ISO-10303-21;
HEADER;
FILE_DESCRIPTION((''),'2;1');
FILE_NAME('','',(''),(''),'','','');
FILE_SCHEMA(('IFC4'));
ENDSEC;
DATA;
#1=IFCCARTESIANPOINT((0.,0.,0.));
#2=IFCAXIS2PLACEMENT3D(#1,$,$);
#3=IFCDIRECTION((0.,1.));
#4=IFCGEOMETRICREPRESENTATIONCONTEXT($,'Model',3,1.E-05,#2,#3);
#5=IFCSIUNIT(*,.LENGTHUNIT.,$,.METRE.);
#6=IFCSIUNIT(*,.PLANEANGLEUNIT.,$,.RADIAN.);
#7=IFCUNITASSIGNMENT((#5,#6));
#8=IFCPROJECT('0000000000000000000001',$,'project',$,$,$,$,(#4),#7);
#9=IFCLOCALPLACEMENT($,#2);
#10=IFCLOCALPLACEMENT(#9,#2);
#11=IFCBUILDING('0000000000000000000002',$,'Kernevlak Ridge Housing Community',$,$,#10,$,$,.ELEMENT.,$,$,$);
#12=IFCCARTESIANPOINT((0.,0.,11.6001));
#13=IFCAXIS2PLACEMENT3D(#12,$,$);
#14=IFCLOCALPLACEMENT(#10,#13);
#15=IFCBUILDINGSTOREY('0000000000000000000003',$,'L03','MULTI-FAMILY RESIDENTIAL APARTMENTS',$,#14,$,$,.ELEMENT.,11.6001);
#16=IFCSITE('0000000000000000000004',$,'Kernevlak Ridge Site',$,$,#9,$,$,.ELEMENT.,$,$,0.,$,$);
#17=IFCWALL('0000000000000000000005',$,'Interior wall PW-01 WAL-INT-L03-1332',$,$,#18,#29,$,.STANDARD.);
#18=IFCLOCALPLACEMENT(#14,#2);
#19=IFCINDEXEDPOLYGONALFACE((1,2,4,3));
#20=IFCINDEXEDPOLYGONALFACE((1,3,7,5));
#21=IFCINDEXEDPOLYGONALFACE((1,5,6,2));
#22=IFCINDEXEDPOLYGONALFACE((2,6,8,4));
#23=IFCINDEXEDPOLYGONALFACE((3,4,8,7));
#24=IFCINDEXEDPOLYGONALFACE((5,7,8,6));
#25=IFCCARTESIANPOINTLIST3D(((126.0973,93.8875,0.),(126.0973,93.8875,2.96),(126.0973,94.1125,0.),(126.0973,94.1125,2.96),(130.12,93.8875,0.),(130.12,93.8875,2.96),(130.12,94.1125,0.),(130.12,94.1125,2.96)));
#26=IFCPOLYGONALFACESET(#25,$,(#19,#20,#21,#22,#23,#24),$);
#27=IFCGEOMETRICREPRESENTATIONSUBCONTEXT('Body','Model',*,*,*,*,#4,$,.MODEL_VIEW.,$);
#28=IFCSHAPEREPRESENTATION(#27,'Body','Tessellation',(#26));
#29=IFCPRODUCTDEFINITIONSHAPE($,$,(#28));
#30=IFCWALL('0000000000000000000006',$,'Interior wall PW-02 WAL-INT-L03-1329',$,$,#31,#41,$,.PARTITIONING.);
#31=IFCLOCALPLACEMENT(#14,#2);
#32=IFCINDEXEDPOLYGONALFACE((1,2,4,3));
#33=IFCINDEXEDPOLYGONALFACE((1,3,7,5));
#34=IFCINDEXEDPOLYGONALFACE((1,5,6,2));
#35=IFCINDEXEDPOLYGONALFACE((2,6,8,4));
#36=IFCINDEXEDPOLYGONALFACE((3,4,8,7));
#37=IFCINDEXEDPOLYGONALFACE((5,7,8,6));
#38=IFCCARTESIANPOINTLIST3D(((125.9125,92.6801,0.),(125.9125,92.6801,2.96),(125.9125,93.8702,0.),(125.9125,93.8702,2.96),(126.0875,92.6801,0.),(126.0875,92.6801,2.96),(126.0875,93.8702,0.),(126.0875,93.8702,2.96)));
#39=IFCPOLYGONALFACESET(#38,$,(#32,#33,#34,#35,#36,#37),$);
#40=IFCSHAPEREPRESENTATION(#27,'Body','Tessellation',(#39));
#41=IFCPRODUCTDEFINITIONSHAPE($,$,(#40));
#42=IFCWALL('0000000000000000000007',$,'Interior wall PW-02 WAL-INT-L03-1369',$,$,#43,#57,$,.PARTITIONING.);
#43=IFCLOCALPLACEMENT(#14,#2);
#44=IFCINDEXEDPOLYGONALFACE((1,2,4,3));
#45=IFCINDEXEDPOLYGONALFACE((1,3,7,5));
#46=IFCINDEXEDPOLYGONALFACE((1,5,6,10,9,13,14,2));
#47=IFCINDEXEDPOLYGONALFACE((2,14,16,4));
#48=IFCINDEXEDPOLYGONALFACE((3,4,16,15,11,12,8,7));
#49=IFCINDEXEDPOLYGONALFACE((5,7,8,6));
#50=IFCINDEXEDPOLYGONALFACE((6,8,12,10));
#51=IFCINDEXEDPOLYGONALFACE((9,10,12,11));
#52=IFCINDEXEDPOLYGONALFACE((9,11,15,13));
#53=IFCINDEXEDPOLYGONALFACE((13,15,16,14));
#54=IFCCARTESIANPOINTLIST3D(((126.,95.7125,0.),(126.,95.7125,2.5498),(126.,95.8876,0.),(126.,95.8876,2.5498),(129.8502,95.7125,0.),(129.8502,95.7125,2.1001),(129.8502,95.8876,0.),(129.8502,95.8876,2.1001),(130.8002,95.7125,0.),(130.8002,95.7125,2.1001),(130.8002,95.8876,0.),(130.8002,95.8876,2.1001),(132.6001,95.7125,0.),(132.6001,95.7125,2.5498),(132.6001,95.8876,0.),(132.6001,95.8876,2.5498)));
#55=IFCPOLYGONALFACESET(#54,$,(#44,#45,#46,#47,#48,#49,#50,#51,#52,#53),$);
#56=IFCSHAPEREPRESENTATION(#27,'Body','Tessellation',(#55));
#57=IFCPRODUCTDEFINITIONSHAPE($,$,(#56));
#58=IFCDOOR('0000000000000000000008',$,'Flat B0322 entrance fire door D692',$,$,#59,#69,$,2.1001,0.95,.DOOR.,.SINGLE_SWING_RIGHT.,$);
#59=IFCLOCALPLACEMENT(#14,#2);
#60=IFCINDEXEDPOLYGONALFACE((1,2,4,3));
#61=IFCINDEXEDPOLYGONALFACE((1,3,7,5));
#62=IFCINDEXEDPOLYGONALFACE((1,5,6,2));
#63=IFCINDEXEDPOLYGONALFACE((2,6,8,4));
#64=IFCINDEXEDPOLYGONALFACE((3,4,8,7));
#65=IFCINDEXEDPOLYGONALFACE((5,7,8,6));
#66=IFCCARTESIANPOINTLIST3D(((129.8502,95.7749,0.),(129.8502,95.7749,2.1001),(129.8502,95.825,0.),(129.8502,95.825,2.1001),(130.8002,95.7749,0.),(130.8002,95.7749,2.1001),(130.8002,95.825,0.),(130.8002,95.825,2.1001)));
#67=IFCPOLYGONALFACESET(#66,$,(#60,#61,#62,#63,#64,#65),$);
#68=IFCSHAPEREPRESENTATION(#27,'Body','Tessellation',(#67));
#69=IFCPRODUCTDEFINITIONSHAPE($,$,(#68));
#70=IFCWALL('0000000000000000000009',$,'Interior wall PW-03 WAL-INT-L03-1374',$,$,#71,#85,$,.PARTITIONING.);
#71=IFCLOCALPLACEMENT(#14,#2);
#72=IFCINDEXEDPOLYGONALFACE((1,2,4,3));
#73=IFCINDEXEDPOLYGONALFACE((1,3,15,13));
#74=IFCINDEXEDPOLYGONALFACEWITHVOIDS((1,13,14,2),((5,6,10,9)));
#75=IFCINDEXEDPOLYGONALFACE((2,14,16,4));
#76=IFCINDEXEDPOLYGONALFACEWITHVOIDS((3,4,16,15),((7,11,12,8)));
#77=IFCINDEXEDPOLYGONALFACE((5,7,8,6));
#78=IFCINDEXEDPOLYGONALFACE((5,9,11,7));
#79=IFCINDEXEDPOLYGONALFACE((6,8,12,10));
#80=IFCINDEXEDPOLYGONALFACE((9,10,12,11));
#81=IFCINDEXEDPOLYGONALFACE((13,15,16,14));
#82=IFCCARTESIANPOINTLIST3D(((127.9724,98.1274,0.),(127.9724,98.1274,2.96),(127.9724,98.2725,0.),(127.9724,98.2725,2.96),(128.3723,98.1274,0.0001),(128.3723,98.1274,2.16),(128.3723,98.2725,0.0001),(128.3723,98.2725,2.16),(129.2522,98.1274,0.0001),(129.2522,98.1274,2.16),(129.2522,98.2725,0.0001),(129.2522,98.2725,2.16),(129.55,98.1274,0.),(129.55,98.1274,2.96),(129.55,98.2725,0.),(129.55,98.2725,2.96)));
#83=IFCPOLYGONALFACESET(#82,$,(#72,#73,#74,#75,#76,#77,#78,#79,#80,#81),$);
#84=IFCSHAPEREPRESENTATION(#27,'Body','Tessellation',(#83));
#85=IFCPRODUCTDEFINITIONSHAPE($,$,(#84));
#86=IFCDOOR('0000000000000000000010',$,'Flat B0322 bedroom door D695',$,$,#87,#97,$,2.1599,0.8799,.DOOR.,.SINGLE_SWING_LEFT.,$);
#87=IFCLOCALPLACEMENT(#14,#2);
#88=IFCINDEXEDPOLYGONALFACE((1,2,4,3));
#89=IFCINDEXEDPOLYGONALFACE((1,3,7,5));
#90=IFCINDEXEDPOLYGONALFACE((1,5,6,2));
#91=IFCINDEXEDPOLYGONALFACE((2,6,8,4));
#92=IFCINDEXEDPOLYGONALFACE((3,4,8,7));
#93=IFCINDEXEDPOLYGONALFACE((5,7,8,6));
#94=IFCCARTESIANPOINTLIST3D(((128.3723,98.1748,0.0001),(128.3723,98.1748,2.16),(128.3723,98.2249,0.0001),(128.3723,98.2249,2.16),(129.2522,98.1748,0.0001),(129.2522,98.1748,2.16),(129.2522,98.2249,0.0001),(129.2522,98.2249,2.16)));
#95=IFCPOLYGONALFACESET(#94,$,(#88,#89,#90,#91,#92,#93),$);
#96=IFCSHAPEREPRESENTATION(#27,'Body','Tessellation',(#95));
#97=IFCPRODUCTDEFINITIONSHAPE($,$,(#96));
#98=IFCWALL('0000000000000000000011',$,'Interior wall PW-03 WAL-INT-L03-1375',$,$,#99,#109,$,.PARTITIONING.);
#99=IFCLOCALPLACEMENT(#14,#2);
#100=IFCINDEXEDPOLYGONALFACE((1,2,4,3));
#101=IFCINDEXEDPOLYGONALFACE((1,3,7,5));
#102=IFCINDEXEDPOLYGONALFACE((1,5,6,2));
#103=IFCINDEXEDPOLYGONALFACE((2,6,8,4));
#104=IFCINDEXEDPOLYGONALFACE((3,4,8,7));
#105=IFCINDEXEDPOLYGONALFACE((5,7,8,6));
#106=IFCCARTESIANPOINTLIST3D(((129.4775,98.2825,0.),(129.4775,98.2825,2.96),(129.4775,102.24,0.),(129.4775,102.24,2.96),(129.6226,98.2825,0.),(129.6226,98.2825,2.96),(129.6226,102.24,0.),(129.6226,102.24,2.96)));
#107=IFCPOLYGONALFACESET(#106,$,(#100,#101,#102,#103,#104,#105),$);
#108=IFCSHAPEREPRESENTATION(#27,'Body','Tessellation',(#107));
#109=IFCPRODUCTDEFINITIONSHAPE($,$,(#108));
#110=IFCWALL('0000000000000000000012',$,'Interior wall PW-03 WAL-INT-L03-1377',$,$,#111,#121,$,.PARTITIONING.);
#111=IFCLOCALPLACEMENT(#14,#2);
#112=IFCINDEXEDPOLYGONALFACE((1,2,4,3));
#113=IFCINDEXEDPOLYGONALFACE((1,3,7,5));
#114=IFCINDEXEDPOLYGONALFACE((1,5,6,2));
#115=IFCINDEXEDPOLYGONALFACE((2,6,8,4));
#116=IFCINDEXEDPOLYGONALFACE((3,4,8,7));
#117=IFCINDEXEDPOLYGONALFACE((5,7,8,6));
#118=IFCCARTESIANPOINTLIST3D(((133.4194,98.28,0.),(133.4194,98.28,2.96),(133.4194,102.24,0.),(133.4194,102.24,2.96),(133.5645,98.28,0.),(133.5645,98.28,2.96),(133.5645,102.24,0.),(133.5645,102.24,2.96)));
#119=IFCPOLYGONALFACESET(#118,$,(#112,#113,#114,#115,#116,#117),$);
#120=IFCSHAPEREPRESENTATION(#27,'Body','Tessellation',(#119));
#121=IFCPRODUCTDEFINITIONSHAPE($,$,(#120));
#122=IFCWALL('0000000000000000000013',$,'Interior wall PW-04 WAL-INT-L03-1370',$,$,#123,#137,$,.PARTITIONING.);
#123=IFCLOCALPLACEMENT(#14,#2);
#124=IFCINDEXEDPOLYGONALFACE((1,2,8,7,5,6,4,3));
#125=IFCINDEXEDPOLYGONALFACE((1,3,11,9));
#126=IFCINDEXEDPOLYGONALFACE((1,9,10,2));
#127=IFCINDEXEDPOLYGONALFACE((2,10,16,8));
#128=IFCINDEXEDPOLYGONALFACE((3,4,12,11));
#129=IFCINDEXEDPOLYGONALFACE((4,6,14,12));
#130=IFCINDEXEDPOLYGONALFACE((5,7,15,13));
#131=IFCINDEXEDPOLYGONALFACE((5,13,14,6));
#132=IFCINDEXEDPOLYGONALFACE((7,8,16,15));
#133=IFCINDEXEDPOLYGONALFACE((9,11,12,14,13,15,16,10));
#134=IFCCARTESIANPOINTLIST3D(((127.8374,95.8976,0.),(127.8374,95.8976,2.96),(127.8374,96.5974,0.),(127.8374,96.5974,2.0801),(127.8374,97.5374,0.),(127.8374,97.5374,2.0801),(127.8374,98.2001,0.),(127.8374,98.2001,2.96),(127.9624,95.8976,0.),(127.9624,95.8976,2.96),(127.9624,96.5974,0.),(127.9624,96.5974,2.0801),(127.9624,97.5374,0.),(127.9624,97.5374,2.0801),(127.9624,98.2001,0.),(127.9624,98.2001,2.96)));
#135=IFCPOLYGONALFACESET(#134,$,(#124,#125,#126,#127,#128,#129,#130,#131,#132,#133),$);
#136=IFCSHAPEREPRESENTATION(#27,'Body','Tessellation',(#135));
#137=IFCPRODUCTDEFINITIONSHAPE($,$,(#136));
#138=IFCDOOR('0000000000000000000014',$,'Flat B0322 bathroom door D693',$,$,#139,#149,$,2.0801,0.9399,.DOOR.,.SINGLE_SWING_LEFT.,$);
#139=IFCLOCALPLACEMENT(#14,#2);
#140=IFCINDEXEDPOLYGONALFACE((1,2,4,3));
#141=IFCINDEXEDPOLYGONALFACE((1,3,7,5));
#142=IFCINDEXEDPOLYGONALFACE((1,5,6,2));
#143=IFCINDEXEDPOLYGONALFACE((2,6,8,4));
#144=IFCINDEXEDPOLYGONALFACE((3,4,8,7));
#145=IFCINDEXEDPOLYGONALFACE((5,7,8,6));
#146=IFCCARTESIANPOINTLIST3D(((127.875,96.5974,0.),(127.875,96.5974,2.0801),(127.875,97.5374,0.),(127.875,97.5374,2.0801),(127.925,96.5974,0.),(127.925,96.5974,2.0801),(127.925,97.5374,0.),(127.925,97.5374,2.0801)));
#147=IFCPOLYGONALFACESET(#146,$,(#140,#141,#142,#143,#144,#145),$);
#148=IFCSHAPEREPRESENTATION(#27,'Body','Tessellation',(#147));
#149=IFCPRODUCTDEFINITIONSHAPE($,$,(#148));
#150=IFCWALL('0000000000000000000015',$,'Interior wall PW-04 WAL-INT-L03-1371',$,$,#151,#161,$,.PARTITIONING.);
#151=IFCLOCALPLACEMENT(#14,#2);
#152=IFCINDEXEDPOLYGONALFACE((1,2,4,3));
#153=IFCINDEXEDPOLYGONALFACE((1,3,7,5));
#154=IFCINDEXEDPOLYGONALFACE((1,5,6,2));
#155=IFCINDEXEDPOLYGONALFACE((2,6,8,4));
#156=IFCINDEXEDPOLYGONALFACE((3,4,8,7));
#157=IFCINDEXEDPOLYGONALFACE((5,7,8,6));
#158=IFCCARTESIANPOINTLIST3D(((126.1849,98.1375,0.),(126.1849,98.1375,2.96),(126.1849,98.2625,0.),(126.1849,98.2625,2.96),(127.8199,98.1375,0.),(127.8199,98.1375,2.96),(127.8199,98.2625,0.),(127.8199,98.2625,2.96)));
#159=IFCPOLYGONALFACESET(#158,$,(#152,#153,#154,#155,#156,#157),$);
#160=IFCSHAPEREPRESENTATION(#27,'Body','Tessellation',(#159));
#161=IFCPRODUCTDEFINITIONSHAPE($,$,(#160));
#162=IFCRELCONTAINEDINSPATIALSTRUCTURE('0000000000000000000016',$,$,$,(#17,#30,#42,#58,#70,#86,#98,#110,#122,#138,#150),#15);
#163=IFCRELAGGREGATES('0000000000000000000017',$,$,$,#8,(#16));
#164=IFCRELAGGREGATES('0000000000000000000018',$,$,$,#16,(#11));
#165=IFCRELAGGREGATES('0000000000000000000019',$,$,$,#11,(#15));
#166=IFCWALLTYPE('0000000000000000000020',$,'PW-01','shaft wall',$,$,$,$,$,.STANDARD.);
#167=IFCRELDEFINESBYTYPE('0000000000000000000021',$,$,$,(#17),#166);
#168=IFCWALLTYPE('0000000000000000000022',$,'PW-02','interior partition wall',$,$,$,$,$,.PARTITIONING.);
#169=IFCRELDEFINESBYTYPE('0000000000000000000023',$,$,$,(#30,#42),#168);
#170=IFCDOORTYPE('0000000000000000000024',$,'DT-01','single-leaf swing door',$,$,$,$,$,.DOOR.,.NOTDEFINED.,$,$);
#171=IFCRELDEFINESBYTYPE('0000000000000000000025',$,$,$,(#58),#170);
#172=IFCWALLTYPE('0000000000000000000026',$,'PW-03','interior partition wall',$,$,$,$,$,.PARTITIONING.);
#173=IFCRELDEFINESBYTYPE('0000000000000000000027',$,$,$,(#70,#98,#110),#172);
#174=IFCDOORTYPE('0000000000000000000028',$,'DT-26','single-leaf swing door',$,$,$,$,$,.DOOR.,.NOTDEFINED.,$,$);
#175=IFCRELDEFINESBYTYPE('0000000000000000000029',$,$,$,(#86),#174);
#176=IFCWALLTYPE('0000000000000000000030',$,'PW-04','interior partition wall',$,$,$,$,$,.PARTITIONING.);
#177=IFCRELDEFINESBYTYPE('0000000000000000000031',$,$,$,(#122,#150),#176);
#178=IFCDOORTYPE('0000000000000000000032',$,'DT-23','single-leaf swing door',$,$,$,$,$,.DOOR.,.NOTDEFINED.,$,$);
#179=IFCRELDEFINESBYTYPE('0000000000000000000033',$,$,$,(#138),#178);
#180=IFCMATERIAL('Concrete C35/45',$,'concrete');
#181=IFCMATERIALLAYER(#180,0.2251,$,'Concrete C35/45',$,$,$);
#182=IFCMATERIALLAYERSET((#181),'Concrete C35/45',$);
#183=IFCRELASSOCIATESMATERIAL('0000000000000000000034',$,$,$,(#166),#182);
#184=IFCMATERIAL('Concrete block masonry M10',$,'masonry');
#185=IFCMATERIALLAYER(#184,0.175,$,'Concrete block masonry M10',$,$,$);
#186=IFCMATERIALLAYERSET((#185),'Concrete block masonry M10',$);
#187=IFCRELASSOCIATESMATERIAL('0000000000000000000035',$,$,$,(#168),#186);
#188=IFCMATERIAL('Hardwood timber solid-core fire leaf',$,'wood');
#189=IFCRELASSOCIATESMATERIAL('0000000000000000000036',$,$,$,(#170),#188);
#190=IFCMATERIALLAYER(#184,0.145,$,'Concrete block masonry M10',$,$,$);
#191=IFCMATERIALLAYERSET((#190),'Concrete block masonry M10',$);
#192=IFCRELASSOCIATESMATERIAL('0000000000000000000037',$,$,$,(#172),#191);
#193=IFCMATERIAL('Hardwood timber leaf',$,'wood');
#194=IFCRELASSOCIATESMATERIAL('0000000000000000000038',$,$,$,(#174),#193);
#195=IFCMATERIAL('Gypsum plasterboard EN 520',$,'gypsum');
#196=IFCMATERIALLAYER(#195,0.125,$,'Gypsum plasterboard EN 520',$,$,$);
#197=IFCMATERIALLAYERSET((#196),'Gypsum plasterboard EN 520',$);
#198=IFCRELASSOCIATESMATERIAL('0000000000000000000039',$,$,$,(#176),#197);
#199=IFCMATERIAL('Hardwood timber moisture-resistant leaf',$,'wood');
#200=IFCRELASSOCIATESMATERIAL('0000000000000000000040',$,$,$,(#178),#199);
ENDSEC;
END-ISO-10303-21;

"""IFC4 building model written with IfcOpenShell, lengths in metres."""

from ifc_helpers import new_model, si_unit, direction, frame, frame_2d, origin, place, context, subcontext, project, spatial, rectangle, extrude, material, layer, layer_set, type_object, element, fill, save


model = new_model("IFC4")

# Units and contexts
model_context = context("Model", 3, precision=1e-05, world=origin(), true_north=direction((0.0, 1.0)))
body_context = subcontext(model_context, "Body", "Model", "MODEL_VIEW")
ifc_project = project(units=[si_unit("LENGTHUNIT", "METRE"), si_unit("PLANEANGLEUNIT", "RADIAN")], contexts=[model_context])

# Site, building, storey
site_placement = place(None, origin())
site = spatial("IfcSite", under=ifc_project, at=site_placement, Name="Kernevlak Ridge Site", CompositionType="ELEMENT", RefElevation=0.0)
building_placement = place(site_placement, origin())
building = spatial("IfcBuilding", under=site, at=building_placement, Name="Kernevlak Ridge Housing Community", CompositionType="ELEMENT")
storey_placement = place(building_placement, frame((0.0, 0.0, 11.6001)))
storey = spatial("IfcBuildingStorey", under=building, at=storey_placement, Name="L03", Description="MULTI-FAMILY RESIDENTIAL APARTMENTS", CompositionType="ELEMENT", Elevation=11.6001)

# Shared definitions
ifc_material_1 = material(Name="Concrete C35/45", Category="concrete")

# Shared definitions
ifc_material_2 = material(Name="Concrete block masonry M10", Category="masonry")

# Walls
ifc_layer_1 = layer(ifc_material_1, 0.2251, Name="Concrete C35/45")
ifc_layer_set_1 = layer_set([ifc_layer_1], Name="Concrete C35/45")
wall_type_1 = type_object("IfcWallType", Name="PW-01", Description="shaft wall", PredefinedType="STANDARD", material=ifc_layer_set_1)
wall_1_placement = place(storey_placement, frame((126.0974, 94.0, 0.0), z_axis=(0.0, 0.0, 1.0), x_axis=(1.0, 0.0, 0.0)))
element("IfcWall", 1, at=wall_1_placement, inside=storey, type_object=wall_type_1, Name="Interior wall PW-01 WAL-INT-L03-1332", PredefinedType="STANDARD", context=body_context, shape_type="SweptSolid", body=[
    extrude(rectangle(XDim=4.0227, YDim=0.2251, at=frame_2d((2.0112, 0.0))), origin(), (0.0, 0.0, 1.0), 2.96),
])
ifc_layer_2 = layer(ifc_material_2, 0.175, Name="Concrete block masonry M10")
ifc_layer_set_2 = layer_set([ifc_layer_2], Name="Concrete block masonry M10")
wall_type_2 = type_object("IfcWallType", Name="PW-02", Description="interior partition wall", PredefinedType="PARTITIONING", material=ifc_layer_set_2)
wall_2_placement = place(storey_placement, frame((126.0, 92.6799, 0.0), z_axis=(0.0, 0.0, 1.0), x_axis=(0.0, 1.0, 0.0)))
element("IfcWall", 2, at=wall_2_placement, inside=storey, type_object=wall_type_2, Name="Interior wall PW-02 WAL-INT-L03-1329", PredefinedType="PARTITIONING", context=body_context, shape_type="SweptSolid", body=[
    extrude(rectangle(XDim=1.1902, YDim=0.175, at=frame_2d((0.5952, 0.0))), origin(), (0.0, 0.0, 1.0), 2.96),
])

# Walls, openings, doors
wall_3_placement = place(storey_placement, frame((126.0, 95.8, 0.0), z_axis=(0.0, 0.0, 1.0), x_axis=(1.0, 0.0, 0.0)))
wall_3 = element("IfcWall", 3, at=wall_3_placement, inside=storey, type_object=wall_type_2, Name="Interior wall PW-02 WAL-INT-L03-1369", PredefinedType="PARTITIONING", context=body_context, shape_type="SweptSolid", body=[
    extrude(rectangle(XDim=6.6001, YDim=0.175, at=frame_2d((3.3, 0.0))), origin(), (0.0, 0.0, 1.0), 2.5498),
])
opening_1_placement = place(wall_3_placement, frame((3.8501, 0.0, 0.0)))
opening_1 = element("IfcOpeningElement", 4, at=opening_1_placement, cuts=wall_3, PredefinedType="OPENING", context=body_context, shape_type="SweptSolid", body=[
    extrude(rectangle(XDim=0.95, YDim=2.1001, at=frame_2d((0.4751, 1.05))), frame((0.0, 0.0974, 0.0), z_axis=(0.0, -1.0, 0.0), x_axis=(1.0, 0.0, 0.0)), (0.0, 0.0, 1.0), 0.1951),
])
ifc_material_3 = material(Name="Hardwood timber solid-core fire leaf", Category="wood")
door_type_1 = type_object("IfcDoorType", Name="DT-01", Description="single-leaf swing door", OperationType="NOTDEFINED", PredefinedType="DOOR", material=ifc_material_3)
door_1_placement = place(opening_1_placement, origin())
door_1 = element("IfcDoor", 5, at=door_1_placement, inside=storey, type_object=door_type_1, Name="Flat B0322 entrance fire door D692", OperationType="SINGLE_SWING_RIGHT", OverallHeight=2.1001, OverallWidth=0.95, PredefinedType="DOOR", context=body_context, shape_type="SweptSolid", body=[
    extrude(rectangle(XDim=0.95, YDim=2.1001, at=frame_2d((0.4751, 1.05))), frame((0.0, 0.0249, 0.0), z_axis=(0.0, -1.0, 0.0), x_axis=(1.0, 0.0, 0.0)), (0.0, 0.0, 1.0), 0.05),
])
fill(opening_1, door_1)
ifc_layer_3 = layer(ifc_material_2, 0.145, Name="Concrete block masonry M10")
ifc_layer_set_3 = layer_set([ifc_layer_3], Name="Concrete block masonry M10")
wall_type_3 = type_object("IfcWallType", Name="PW-03", Description="interior partition wall", PredefinedType="PARTITIONING", material=ifc_layer_set_3)
wall_4_placement = place(storey_placement, frame((127.9724, 98.2, 0.0), z_axis=(0.0, 0.0, 1.0), x_axis=(1.0, 0.0, 0.0)))
wall_4 = element("IfcWall", 6, at=wall_4_placement, inside=storey, type_object=wall_type_3, Name="Interior wall PW-03 WAL-INT-L03-1374", PredefinedType="PARTITIONING", context=body_context, shape_type="SweptSolid", body=[
    extrude(rectangle(XDim=1.5776, YDim=0.145, at=frame_2d((0.7888, 0.0))), origin(), (0.0, 0.0, 1.0), 2.96),
])
opening_2_placement = place(wall_4_placement, frame((0.3999, 0.0, 0.0)))
opening_2 = element("IfcOpeningElement", 7, at=opening_2_placement, cuts=wall_4, PredefinedType="OPENING", context=body_context, shape_type="SweptSolid", body=[
    extrude(rectangle(XDim=0.8799, YDim=2.1599, at=frame_2d((0.4399, 1.0801))), frame((0.0, 0.0825, 0.0), z_axis=(0.0, -1.0, 0.0), x_axis=(1.0, 0.0, 0.0)), (0.0, 0.0, 1.0), 0.165),
])
ifc_material_4 = material(Name="Hardwood timber leaf", Category="wood")
door_type_2 = type_object("IfcDoorType", Name="DT-26", Description="single-leaf swing door", OperationType="NOTDEFINED", PredefinedType="DOOR", material=ifc_material_4)
door_2_placement = place(opening_2_placement, origin())
door_2 = element("IfcDoor", 8, at=door_2_placement, inside=storey, type_object=door_type_2, Name="Flat B0322 bedroom door D695", OperationType="SINGLE_SWING_LEFT", OverallHeight=2.1599, OverallWidth=0.8799, PredefinedType="DOOR", context=body_context, shape_type="SweptSolid", body=[
    extrude(rectangle(XDim=0.8799, YDim=2.1599, at=frame_2d((0.4399, 1.0801))), frame((0.0, 0.0249, 0.0), z_axis=(0.0, -1.0, 0.0), x_axis=(1.0, 0.0, 0.0)), (0.0, 0.0, 1.0), 0.05),
])
fill(opening_2, door_2)

# Walls
wall_5_placement = place(storey_placement, frame((129.55, 98.2825, 0.0), z_axis=(0.0, 0.0, 1.0), x_axis=(0.0, 1.0, 0.0)))
element("IfcWall", 9, at=wall_5_placement, inside=storey, type_object=wall_type_3, Name="Interior wall PW-03 WAL-INT-L03-1375", PredefinedType="PARTITIONING", context=body_context, shape_type="SweptSolid", body=[
    extrude(rectangle(XDim=3.9575, YDim=0.145, at=frame_2d((1.9788, 0.0))), origin(), (0.0, 0.0, 1.0), 2.96),
])
wall_6_placement = place(storey_placement, frame((133.4919, 98.28, 0.0), z_axis=(0.0, 0.0, 1.0), x_axis=(0.0, 1.0, 0.0)))
element("IfcWall", 10, at=wall_6_placement, inside=storey, type_object=wall_type_3, Name="Interior wall PW-03 WAL-INT-L03-1377", PredefinedType="PARTITIONING", context=body_context, shape_type="SweptSolid", body=[
    extrude(rectangle(XDim=3.96, YDim=0.145, at=frame_2d((1.98, 0.0))), origin(), (0.0, 0.0, 1.0), 2.96),
])

# Wall, opening, door
ifc_material_5 = material(Name="Gypsum plasterboard EN 520", Category="gypsum")
ifc_layer_4 = layer(ifc_material_5, 0.125, Name="Gypsum plasterboard EN 520")
ifc_layer_set_4 = layer_set([ifc_layer_4], Name="Gypsum plasterboard EN 520")
wall_type_4 = type_object("IfcWallType", Name="PW-04", Description="interior partition wall", PredefinedType="PARTITIONING", material=ifc_layer_set_4)
wall_7_placement = place(storey_placement, frame((127.8999, 95.8975, 0.0), z_axis=(0.0, 0.0, 1.0), x_axis=(0.0, 1.0, 0.0)))
wall_7 = element("IfcWall", 11, at=wall_7_placement, inside=storey, type_object=wall_type_4, Name="Interior wall PW-04 WAL-INT-L03-1370", PredefinedType="PARTITIONING", context=body_context, shape_type="SweptSolid", body=[
    extrude(rectangle(XDim=2.3025, YDim=0.125, at=frame_2d((1.1514, 0.0))), origin(), (0.0, 0.0, 1.0), 2.96),
])
opening_3_placement = place(wall_7_placement, frame((0.7, 0.0, 0.0)))
opening_3 = element("IfcOpeningElement", 12, at=opening_3_placement, cuts=wall_7, PredefinedType="OPENING", context=body_context, shape_type="SweptSolid", body=[
    extrude(rectangle(XDim=0.9399, YDim=2.0801, at=frame_2d((0.47, 1.04))), frame((0.0, 0.0725, 0.0), z_axis=(0.0, -1.0, 0.0), x_axis=(1.0, 0.0, 0.0)), (0.0, 0.0, 1.0), 0.145),
])
ifc_material_6 = material(Name="Hardwood timber moisture-resistant leaf", Category="wood")
door_type_3 = type_object("IfcDoorType", Name="DT-23", Description="single-leaf swing door", OperationType="NOTDEFINED", PredefinedType="DOOR", material=ifc_material_6)
door_3_placement = place(opening_3_placement, origin())
door_3 = element("IfcDoor", 13, at=door_3_placement, inside=storey, type_object=door_type_3, Name="Flat B0322 bathroom door D693", OperationType="SINGLE_SWING_LEFT", OverallHeight=2.0801, OverallWidth=0.9399, PredefinedType="DOOR", context=body_context, shape_type="SweptSolid", body=[
    extrude(rectangle(XDim=0.9399, YDim=2.0801, at=frame_2d((0.47, 1.04))), frame((0.0, 0.0249, 0.0), z_axis=(0.0, -1.0, 0.0), x_axis=(1.0, 0.0, 0.0)), (0.0, 0.0, 1.0), 0.05),
])
fill(opening_3, door_3)

# Wall
wall_8_placement = place(storey_placement, frame((126.1851, 98.2, 0.0), z_axis=(0.0, 0.0, 1.0), x_axis=(1.0, 0.0, 0.0)))
element("IfcWall", 14, at=wall_8_placement, inside=storey, type_object=wall_type_4, Name="Interior wall PW-04 WAL-INT-L03-1371", PredefinedType="PARTITIONING", context=body_context, shape_type="SweptSolid", body=[
    extrude(rectangle(XDim=1.635, YDim=0.125, at=frame_2d((0.8174, 0.0))), origin(), (0.0, 0.0, 1.0), 2.96),
])

save(model, "model.ifc")
